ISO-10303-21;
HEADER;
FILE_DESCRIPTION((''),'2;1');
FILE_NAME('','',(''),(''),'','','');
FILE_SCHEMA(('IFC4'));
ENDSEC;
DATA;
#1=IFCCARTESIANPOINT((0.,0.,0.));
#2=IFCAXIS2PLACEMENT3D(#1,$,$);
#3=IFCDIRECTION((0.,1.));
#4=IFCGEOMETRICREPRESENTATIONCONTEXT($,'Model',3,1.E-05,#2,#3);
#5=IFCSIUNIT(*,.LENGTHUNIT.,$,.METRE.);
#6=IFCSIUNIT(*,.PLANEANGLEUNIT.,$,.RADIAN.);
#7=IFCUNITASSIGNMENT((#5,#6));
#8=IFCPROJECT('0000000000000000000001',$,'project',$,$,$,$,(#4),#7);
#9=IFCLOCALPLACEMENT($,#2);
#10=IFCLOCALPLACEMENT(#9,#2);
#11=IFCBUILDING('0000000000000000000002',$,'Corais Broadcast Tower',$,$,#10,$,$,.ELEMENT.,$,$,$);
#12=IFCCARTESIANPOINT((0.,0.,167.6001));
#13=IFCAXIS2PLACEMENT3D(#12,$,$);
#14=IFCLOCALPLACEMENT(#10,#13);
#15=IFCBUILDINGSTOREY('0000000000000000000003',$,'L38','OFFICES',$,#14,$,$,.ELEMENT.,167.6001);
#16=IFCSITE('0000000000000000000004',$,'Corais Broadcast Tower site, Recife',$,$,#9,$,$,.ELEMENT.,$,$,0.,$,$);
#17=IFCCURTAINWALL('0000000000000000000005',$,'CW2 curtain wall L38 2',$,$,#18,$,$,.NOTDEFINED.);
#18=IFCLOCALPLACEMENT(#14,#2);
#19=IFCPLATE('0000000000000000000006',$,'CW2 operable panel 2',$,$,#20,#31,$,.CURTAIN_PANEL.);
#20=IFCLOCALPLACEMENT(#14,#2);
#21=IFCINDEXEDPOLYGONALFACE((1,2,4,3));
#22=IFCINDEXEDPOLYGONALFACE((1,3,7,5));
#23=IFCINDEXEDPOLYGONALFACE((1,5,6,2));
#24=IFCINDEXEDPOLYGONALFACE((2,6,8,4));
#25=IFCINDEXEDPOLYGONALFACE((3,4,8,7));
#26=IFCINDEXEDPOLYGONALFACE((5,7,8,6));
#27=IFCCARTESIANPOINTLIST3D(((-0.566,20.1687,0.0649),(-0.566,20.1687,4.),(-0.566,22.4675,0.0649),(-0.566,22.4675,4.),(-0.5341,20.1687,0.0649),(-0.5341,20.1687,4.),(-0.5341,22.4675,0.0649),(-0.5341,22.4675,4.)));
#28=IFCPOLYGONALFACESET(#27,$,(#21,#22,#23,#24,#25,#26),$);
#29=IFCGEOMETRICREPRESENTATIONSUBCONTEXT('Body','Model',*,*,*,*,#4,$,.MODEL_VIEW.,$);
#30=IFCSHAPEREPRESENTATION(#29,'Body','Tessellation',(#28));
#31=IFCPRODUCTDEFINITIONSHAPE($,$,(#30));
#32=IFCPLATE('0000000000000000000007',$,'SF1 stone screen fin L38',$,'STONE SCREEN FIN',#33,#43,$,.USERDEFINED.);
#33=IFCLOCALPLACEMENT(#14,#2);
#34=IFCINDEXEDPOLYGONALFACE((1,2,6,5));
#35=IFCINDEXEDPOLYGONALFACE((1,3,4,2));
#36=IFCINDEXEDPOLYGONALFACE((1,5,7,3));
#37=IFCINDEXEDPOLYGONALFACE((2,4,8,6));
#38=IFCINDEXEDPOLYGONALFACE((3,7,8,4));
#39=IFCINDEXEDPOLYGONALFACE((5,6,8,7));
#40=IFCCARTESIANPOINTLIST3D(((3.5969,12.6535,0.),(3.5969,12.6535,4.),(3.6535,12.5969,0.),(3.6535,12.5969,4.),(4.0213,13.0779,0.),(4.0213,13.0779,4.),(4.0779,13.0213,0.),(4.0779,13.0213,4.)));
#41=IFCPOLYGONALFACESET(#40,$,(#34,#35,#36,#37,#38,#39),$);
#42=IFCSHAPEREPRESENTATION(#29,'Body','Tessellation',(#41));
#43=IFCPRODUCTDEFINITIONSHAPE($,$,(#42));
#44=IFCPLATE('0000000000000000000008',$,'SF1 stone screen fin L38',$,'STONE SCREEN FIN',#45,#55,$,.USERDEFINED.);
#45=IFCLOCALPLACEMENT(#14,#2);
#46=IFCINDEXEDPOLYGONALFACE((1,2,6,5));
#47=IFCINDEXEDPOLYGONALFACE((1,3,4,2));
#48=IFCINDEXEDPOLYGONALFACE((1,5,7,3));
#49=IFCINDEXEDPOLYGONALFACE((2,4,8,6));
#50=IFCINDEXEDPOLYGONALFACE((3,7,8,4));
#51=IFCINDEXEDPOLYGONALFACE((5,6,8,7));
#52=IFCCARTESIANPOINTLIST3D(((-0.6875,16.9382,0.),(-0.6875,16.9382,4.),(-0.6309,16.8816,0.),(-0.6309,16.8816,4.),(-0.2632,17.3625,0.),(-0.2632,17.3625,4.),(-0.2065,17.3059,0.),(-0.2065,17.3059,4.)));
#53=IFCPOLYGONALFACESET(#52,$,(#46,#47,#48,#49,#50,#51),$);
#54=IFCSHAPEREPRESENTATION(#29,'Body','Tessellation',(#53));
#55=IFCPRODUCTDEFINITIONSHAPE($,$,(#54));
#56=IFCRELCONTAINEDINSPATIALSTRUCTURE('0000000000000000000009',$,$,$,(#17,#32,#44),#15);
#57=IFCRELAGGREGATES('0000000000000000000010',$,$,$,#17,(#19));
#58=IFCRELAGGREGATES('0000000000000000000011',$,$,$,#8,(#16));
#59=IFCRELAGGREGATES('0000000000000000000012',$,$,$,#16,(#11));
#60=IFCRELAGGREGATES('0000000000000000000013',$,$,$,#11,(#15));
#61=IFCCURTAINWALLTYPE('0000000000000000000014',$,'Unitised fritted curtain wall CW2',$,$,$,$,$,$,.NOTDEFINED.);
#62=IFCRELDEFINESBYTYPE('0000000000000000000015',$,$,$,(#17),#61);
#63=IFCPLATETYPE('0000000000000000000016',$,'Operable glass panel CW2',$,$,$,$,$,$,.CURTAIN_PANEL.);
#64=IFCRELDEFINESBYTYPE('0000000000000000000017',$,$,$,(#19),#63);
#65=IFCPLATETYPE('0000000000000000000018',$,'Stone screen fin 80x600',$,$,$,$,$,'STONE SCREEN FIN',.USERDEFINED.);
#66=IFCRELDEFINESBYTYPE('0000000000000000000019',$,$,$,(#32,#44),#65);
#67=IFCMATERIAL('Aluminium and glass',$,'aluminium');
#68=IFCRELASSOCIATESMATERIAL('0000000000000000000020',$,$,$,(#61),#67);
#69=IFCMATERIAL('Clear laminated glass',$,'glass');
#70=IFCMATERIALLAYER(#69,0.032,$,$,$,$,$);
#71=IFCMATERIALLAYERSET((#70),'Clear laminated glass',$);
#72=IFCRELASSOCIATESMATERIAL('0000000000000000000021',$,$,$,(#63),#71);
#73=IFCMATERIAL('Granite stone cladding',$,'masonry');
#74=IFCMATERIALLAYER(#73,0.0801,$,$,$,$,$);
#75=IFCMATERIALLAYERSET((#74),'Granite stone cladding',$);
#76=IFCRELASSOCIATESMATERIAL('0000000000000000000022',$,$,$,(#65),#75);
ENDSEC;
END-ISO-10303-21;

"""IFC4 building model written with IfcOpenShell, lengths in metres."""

from ifc_helpers import new_model, si_unit, direction, frame, origin, origin_2d, place, context, subcontext, project, spatial, rectangle, extrude, material, layer, layer_set, type_object, element, aggregate, save


model = new_model("IFC4")

# Units and contexts
model_context = context("Model", 3, precision=1e-05, world=origin(), true_north=direction((0.0, 1.0)))
body_context = subcontext(model_context, "Body", "Model", "MODEL_VIEW")
ifc_project = project(units=[si_unit("LENGTHUNIT", "METRE"), si_unit("PLANEANGLEUNIT", "RADIAN")], contexts=[model_context])

# Site, building, storey
site_placement = place(None, origin())
site = spatial("IfcSite", under=ifc_project, at=site_placement, Name="Corais Broadcast Tower site, Recife", CompositionType="ELEMENT", RefElevation=0.0)
building_placement = place(site_placement, origin())
building = spatial("IfcBuilding", under=site, at=building_placement, Name="Corais Broadcast Tower", CompositionType="ELEMENT")
storey_placement = place(building_placement, frame((0.0, 0.0, 167.6001)))
storey = spatial("IfcBuildingStorey", under=building, at=storey_placement, Name="L38", Description="OFFICES", CompositionType="ELEMENT", Elevation=167.6001)

# Curtain wall
ifc_material_1 = material(Name="Aluminium and glass", Category="aluminium")
curtain_wall_type = type_object("IfcCurtainWallType", Name="Unitised fritted curtain wall CW2", PredefinedType="NOTDEFINED", material=ifc_material_1)
curtain_wall_1_placement = place(storey_placement, origin())
curtain_wall_1 = element("IfcCurtainWall", 1, at=curtain_wall_1_placement, inside=storey, type_object=curtain_wall_type, Name="CW2 curtain wall L38 2", PredefinedType="NOTDEFINED")

# Plate
ifc_material_2 = material(Name="Clear laminated glass", Category="glass")
ifc_layer_1 = layer(ifc_material_2, 0.032)
ifc_layer_set_1 = layer_set([ifc_layer_1], Name="Clear laminated glass")
plate_type_1 = type_object("IfcPlateType", Name="Operable glass panel CW2", PredefinedType="CURTAIN_PANEL", material=ifc_layer_set_1)
plate_1_placement = place(storey_placement, frame((-0.55, 21.3181, 0.0649), z_axis=(0.0, 0.0, 1.0), x_axis=(0.0, 1.0, 0.0)))
plate_1 = element("IfcPlate", 2, at=plate_1_placement, type_object=plate_type_1, Name="CW2 operable panel 2", PredefinedType="CURTAIN_PANEL", context=body_context, shape_type="SweptSolid", body=[
    extrude(rectangle(XDim=2.2988, YDim=0.032, at=origin_2d()), origin(), (0.0, 0.0, 1.0), 3.9351),
])
aggregate(curtain_wall_1, [plate_1])

# Plates
ifc_material_3 = material(Name="Granite stone cladding", Category="masonry")
ifc_layer_2 = layer(ifc_material_3, 0.0801)
ifc_layer_set_2 = layer_set([ifc_layer_2], Name="Granite stone cladding")
plate_type_2 = type_object("IfcPlateType", Name="Stone screen fin 80x600", ElementType="STONE SCREEN FIN", PredefinedType="USERDEFINED", material=ifc_layer_set_2)
for number, where, z_axis, x_axis, name in (
    (3, (3.8374, 12.8374, 0.0), (0.0, 0.0, 1.0), (-0.707107, 0.707107, 0.0), "SF1 stone screen fin L38"),
    (4, (-0.447, 17.1221, 0.0), (0.0, 0.0, 1.0), (-0.707107, 0.707107, 0.0), "SF1 stone screen fin L38"),
):
    element("IfcPlate", number, at=place(storey_placement, frame(where, z_axis=z_axis, x_axis=x_axis)), inside=storey, type_object=plate_type_2, Name=name, ObjectType="STONE SCREEN FIN", PredefinedType="USERDEFINED", context=body_context, shape_type="SweptSolid", body=[
        extrude(rectangle(XDim=0.0801, YDim=0.6001, at=origin_2d()), origin(), (0.0, 0.0, 1.0), 4.0),
    ])

save(model, "model.ifc")
